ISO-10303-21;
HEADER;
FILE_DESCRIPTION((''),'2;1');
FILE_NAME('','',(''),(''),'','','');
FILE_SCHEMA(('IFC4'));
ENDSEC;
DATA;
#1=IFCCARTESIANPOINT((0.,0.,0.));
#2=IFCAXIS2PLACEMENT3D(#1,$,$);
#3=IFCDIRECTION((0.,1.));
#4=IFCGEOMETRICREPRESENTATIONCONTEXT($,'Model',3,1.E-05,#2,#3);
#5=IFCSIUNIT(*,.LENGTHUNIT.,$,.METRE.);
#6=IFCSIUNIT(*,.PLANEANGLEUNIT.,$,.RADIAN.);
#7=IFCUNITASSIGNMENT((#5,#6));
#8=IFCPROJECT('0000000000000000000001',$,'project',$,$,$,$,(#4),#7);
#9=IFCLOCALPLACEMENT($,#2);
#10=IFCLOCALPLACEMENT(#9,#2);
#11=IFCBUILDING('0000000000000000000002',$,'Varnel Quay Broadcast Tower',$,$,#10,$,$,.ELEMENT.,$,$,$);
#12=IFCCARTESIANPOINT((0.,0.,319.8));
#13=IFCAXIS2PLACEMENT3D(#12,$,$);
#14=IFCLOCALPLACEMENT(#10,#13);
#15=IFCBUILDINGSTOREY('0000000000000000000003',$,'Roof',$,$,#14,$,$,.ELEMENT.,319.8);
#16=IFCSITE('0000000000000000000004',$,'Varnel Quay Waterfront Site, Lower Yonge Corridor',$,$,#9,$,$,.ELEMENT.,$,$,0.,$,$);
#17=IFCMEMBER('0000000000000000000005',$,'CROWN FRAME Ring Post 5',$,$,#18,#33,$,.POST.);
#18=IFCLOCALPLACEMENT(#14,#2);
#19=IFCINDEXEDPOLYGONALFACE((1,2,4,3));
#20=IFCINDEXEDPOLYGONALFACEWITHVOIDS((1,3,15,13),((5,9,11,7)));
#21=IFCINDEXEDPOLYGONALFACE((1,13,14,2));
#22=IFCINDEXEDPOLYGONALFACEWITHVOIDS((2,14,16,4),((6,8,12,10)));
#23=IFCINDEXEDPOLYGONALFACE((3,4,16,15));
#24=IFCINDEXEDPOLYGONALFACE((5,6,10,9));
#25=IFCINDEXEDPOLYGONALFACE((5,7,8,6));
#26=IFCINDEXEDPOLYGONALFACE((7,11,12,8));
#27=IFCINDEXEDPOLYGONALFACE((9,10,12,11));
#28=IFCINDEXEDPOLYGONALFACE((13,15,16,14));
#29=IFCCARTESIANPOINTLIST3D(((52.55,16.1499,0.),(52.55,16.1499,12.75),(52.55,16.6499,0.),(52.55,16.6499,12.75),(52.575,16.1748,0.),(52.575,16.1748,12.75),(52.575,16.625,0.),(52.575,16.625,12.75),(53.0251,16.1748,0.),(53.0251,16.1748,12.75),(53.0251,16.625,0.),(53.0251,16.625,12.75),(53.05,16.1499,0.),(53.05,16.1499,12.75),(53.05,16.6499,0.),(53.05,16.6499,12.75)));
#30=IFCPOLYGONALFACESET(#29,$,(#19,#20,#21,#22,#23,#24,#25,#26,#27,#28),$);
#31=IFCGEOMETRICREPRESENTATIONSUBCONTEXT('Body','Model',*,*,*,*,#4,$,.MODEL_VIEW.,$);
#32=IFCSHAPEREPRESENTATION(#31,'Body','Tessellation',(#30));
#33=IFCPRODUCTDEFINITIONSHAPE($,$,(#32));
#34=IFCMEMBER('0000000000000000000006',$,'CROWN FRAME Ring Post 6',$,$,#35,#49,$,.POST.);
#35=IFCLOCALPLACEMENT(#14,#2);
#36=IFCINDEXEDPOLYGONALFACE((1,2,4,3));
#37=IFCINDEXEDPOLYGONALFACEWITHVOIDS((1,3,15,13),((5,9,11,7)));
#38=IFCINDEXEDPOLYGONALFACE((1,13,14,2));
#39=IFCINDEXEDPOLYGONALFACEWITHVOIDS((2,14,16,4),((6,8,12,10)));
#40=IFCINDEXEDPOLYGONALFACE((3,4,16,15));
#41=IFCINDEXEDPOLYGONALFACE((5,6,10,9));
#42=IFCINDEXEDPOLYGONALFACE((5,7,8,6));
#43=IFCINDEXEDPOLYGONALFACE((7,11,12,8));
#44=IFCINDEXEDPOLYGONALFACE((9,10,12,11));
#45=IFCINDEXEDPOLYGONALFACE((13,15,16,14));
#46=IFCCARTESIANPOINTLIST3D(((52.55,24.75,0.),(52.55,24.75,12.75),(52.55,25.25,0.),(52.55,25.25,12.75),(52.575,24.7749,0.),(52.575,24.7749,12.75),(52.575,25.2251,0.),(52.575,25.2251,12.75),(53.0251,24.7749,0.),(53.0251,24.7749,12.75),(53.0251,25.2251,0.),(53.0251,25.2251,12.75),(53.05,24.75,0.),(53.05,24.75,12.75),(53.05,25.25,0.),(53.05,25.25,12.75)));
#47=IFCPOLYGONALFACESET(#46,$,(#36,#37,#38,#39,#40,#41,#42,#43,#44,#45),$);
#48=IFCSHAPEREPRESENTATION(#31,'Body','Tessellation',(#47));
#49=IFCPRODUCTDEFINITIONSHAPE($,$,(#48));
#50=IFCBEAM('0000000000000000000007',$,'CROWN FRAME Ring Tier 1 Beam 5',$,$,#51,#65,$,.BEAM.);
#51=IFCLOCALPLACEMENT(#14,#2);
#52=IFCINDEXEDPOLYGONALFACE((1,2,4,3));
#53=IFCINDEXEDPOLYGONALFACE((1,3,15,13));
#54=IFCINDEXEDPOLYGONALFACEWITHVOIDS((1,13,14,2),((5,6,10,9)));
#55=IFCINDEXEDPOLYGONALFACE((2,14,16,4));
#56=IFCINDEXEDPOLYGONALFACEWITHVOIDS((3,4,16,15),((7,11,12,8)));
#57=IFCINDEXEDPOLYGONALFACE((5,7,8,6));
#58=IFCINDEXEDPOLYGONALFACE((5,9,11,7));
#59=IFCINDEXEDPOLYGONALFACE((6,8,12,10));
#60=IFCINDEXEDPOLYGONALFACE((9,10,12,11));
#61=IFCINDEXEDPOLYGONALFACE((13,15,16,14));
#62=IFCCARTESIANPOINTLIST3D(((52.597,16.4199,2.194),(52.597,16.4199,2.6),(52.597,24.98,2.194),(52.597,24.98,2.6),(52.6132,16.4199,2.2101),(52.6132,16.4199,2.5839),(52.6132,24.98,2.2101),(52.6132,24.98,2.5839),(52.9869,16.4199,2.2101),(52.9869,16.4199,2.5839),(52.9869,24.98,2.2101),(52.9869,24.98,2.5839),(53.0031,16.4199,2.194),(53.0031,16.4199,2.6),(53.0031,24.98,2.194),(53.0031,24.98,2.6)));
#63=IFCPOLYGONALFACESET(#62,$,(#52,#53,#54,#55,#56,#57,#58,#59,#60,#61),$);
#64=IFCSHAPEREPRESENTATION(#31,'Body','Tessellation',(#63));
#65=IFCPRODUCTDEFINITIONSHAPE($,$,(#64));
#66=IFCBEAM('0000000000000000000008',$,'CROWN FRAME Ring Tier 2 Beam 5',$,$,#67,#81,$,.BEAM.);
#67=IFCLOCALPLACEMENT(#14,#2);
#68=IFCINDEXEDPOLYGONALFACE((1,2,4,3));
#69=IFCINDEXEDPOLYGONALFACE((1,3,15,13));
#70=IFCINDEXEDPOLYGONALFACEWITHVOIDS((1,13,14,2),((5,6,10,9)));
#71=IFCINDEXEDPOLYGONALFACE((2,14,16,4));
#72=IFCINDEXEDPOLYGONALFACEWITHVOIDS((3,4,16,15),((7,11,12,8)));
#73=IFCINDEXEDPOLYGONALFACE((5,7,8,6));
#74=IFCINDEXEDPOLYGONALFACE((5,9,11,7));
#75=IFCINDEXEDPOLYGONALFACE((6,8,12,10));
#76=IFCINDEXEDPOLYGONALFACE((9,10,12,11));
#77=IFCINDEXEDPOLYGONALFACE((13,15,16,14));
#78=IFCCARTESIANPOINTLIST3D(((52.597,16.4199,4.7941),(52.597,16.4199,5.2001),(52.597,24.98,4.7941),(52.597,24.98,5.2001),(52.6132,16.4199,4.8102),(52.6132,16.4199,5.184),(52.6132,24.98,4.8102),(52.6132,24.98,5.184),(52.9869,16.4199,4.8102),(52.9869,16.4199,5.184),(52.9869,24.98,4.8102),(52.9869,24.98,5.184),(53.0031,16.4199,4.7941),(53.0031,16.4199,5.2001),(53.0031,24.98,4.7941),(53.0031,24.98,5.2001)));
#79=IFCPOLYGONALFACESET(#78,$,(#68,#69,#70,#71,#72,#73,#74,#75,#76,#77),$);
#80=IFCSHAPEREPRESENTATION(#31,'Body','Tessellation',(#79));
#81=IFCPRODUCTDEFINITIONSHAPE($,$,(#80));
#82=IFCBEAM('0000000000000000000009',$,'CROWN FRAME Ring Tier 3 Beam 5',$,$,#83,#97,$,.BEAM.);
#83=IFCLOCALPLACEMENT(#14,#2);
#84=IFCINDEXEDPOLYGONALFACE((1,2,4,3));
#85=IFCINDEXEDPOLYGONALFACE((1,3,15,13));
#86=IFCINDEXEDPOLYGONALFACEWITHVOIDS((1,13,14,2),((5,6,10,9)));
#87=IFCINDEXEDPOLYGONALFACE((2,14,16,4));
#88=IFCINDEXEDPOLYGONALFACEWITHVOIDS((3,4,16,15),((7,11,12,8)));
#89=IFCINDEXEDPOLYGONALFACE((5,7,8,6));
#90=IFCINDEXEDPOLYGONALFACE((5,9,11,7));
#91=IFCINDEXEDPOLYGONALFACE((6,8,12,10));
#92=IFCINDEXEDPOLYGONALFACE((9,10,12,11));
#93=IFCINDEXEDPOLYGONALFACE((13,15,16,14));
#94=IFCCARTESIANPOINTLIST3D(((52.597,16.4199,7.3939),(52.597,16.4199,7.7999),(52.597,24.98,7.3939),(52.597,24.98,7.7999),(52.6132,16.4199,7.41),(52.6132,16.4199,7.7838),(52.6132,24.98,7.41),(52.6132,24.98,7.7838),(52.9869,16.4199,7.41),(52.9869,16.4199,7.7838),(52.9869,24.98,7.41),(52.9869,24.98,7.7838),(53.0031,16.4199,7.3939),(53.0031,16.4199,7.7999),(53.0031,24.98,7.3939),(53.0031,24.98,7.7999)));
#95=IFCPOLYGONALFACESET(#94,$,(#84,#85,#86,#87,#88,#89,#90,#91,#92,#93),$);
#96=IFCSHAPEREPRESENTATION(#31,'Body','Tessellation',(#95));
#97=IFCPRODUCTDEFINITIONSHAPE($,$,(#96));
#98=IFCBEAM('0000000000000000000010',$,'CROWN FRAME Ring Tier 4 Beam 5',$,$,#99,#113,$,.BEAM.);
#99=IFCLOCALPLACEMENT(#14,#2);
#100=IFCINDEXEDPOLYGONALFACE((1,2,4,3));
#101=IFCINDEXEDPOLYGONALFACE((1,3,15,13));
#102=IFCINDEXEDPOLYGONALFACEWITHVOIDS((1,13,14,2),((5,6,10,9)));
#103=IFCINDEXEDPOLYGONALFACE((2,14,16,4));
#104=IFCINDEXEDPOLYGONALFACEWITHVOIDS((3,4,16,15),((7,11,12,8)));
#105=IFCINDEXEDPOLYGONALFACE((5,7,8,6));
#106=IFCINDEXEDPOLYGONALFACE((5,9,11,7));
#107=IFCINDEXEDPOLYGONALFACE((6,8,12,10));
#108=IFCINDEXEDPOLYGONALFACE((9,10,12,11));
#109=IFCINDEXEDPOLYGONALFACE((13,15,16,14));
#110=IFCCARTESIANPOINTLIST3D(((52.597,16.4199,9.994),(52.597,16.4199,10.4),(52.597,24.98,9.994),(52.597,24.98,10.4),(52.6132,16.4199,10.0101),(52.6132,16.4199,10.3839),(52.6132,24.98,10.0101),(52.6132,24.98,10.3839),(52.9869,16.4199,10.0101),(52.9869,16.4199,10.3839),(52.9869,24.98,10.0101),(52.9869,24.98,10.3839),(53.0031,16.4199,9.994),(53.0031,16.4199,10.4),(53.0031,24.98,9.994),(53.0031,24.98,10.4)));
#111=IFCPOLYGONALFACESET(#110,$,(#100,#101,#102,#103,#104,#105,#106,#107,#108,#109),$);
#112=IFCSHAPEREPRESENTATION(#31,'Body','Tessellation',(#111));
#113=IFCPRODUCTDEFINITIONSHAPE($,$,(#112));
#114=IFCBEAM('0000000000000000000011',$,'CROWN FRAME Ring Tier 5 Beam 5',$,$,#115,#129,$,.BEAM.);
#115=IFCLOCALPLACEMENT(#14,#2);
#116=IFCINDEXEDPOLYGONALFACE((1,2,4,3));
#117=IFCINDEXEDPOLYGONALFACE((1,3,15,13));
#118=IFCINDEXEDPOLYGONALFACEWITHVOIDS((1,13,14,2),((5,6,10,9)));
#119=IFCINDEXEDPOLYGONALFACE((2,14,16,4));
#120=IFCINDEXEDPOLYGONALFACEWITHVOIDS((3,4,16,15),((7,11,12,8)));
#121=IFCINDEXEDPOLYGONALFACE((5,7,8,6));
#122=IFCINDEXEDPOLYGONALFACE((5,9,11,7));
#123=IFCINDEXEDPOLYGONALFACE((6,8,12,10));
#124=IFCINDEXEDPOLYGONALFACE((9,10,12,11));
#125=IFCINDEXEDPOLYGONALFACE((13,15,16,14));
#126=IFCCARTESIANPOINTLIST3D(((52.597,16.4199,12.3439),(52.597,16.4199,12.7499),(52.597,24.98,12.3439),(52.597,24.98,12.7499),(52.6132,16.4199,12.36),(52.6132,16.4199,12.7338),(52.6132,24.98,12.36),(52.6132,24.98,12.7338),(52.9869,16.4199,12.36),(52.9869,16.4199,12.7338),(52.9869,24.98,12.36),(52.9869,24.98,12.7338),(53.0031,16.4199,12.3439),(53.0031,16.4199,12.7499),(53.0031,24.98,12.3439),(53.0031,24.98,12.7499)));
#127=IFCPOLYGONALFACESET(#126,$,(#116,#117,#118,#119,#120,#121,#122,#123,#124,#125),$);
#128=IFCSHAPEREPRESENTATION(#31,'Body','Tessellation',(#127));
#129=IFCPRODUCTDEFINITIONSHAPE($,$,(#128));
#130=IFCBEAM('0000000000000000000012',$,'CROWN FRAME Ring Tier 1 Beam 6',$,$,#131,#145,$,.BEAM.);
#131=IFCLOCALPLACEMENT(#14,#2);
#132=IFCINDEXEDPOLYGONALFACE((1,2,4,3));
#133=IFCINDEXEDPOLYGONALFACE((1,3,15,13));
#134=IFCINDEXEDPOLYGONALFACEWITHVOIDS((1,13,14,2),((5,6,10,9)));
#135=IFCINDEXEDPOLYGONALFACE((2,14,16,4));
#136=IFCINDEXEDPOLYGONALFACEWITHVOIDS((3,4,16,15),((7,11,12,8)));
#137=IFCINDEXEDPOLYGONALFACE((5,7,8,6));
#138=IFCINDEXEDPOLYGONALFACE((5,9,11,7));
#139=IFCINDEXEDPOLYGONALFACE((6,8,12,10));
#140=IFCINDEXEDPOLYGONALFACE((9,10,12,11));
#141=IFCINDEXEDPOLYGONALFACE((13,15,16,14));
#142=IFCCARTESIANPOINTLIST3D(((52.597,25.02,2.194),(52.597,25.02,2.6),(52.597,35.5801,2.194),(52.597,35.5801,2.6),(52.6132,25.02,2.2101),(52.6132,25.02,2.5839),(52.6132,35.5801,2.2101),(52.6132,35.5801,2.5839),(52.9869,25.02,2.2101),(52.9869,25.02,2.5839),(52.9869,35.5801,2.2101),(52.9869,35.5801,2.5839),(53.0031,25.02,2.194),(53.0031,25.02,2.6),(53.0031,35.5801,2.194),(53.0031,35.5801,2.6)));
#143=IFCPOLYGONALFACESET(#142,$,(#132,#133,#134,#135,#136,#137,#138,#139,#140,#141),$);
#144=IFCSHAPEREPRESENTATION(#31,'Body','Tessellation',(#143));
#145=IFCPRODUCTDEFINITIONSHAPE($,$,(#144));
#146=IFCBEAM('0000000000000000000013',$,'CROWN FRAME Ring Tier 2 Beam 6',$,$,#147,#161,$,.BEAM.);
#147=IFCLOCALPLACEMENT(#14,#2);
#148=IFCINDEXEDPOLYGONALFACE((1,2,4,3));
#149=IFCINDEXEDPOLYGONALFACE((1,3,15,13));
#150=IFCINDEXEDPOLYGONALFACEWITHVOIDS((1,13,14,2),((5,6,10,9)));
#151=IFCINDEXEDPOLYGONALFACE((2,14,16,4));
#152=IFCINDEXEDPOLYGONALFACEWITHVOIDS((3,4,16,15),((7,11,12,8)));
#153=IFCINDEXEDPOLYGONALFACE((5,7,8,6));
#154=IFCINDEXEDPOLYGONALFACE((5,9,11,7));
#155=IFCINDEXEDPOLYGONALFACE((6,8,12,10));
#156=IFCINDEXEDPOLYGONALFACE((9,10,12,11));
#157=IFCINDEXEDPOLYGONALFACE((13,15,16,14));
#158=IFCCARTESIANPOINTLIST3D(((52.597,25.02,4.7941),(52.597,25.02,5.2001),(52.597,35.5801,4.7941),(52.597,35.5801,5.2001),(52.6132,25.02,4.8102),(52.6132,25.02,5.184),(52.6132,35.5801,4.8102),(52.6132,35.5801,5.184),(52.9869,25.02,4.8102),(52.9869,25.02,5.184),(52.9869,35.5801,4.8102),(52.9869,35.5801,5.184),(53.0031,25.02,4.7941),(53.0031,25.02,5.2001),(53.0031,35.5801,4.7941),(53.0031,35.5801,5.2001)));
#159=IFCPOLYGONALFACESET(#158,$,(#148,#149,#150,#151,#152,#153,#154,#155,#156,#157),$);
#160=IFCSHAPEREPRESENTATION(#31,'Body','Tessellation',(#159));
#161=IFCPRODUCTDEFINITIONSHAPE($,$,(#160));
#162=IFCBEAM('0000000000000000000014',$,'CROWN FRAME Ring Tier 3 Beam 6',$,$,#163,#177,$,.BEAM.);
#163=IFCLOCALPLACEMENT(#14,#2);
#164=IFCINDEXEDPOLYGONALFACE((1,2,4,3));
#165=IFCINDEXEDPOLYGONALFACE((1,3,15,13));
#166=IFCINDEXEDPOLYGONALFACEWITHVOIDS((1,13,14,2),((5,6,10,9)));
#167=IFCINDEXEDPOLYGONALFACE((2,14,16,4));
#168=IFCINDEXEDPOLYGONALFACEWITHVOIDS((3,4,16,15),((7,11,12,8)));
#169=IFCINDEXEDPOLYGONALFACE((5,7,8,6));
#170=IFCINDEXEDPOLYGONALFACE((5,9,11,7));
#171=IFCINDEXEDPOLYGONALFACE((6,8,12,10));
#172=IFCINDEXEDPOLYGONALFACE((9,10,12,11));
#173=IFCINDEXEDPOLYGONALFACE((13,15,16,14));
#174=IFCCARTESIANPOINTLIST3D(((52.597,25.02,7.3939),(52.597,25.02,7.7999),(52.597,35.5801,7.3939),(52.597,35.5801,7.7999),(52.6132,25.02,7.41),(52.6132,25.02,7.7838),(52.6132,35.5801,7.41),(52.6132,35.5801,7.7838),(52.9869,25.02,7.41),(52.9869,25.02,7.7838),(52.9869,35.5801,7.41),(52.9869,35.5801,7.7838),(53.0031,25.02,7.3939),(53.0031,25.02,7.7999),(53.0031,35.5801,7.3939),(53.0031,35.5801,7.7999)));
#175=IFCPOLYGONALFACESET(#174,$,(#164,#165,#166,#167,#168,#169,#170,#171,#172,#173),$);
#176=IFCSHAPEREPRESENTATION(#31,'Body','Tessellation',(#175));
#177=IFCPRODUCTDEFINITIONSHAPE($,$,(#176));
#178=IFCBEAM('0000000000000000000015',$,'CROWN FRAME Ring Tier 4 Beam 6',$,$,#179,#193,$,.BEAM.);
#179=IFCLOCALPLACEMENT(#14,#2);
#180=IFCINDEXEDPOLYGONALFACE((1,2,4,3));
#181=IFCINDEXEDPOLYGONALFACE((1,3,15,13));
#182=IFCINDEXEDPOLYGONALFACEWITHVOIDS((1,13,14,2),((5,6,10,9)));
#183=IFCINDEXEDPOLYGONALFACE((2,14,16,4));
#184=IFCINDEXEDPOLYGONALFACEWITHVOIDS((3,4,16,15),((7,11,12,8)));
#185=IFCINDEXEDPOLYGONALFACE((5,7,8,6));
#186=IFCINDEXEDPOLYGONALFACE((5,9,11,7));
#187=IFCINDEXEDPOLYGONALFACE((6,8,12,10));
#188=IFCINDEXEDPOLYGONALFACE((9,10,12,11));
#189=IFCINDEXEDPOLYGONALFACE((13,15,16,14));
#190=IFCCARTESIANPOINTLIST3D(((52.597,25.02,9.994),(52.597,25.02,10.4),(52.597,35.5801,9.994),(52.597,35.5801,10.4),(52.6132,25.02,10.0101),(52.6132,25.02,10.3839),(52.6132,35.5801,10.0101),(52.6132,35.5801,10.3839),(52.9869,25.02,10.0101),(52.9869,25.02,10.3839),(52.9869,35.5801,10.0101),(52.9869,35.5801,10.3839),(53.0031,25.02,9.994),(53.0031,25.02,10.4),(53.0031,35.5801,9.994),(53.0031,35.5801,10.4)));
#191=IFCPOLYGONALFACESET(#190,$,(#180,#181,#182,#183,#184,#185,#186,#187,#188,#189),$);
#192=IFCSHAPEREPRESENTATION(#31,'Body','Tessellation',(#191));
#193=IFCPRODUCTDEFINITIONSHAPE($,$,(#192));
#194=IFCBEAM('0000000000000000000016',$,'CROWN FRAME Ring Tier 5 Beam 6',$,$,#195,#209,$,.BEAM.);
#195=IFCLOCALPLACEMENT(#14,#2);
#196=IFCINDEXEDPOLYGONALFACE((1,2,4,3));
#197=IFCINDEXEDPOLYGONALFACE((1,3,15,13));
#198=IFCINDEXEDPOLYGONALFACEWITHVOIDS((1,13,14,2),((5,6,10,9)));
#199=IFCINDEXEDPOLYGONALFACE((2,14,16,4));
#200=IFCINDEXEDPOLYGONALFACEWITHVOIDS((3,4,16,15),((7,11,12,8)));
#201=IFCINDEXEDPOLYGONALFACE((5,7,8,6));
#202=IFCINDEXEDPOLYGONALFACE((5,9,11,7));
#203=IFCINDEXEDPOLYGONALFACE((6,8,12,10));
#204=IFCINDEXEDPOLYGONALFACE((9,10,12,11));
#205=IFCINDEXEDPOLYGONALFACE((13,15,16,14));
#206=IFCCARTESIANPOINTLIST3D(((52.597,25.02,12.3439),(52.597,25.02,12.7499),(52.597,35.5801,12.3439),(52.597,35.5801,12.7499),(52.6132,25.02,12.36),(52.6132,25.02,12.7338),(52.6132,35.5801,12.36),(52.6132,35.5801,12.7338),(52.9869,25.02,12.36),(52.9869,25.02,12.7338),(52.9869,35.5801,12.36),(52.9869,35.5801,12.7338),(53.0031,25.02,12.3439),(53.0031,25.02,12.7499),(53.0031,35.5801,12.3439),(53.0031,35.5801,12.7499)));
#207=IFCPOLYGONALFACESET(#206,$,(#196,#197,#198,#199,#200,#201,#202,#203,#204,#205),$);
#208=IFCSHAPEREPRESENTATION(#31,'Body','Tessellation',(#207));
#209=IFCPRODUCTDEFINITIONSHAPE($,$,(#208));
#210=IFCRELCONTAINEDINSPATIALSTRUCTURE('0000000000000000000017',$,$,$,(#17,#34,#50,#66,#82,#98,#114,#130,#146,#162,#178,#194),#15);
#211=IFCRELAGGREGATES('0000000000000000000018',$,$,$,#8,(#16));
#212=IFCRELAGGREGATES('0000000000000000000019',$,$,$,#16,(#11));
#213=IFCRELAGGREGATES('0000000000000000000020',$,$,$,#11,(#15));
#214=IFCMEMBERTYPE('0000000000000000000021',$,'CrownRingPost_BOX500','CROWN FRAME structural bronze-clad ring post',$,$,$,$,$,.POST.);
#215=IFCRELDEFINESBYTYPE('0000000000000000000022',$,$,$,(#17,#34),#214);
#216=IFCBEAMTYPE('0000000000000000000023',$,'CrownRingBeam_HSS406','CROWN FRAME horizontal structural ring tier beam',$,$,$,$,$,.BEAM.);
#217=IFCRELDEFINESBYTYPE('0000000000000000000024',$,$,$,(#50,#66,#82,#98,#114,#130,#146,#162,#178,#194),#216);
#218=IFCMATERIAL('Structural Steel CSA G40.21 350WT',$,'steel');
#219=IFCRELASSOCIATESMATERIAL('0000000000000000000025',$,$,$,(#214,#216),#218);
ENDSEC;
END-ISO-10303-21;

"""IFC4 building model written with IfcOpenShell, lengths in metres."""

from ifc_helpers import new_model, si_unit, direction, frame, origin, origin_2d, place, context, subcontext, project, spatial, hollow_rectangle, extrude, source, transform, mapped, material, material_profile, profile_set, type_object, type_shapes, element, save


model = new_model("IFC4")

# Units and contexts
model_context = context("Model", 3, precision=1e-05, world=origin(), true_north=direction((0.0, 1.0)))
body_context = subcontext(model_context, "Body", "Model", "MODEL_VIEW")
ifc_project = project(units=[si_unit("LENGTHUNIT", "METRE"), si_unit("PLANEANGLEUNIT", "RADIAN")], contexts=[model_context])

# Site, building, storey
site_placement = place(None, origin())
site = spatial("IfcSite", under=ifc_project, at=site_placement, Name="Varnel Quay Waterfront Site, Lower Yonge Corridor", CompositionType="ELEMENT", RefElevation=0.0)
building_placement = place(site_placement, origin())
building = spatial("IfcBuilding", under=site, at=building_placement, Name="Varnel Quay Broadcast Tower", CompositionType="ELEMENT")
storey_placement = place(building_placement, frame((0.0, 0.0, 319.8)))
storey = spatial("IfcBuildingStorey", under=building, at=storey_placement, Name="Roof", CompositionType="ELEMENT", Elevation=319.8)

# Members
ifc_material_1 = material(Name="Structural Steel CSA G40.21 350WT", Category="steel")
ifc_material_profile_1 = material_profile(ifc_material_1, hollow_rectangle(XDim=0.5, YDim=0.5, WallThickness=0.0249, at=origin_2d()), Name="BOX500X500X25")
ifc_profile_set_1 = profile_set([ifc_material_profile_1], Name="Structural Steel CSA G40.21 350WT")
member_type_1 = type_object("IfcMemberType", Name="CrownRingPost_BOX500", Description="CROWN FRAME structural bronze-clad ring post", PredefinedType="POST", material=ifc_profile_set_1)
shared_shape_1 = source(origin(), body_context, "Body", "SweptSolid", [
    extrude(hollow_rectangle(XDim=0.5, YDim=0.5, WallThickness=0.0249, at=origin_2d()), origin(), (0.0, 0.0, 1.0), 12.75),
])
type_shapes(member_type_1, [shared_shape_1])
for number, where, z_axis, x_axis, name in (
    (1, (52.8, 16.3999, 0.0), (0.0, 0.0, 1.0), (1.0, 0.0, 0.0), "CROWN FRAME Ring Post 5"),
    (2, (52.8, 25.0, 0.0), (0.0, 0.0, 1.0), (1.0, 0.0, 0.0), "CROWN FRAME Ring Post 6"),
):
    element("IfcMember", number, at=place(storey_placement, frame(where, z_axis=z_axis, x_axis=x_axis)), inside=storey, type_object=member_type_1, Name=name, PredefinedType="POST", context=body_context, shape_type="MappedRepresentation", body=[
        mapped(shared_shape_1, transform((0.0, 0.0, 0.0), x_axis=(1.0, 0.0, 0.0), y_axis=(0.0, 1.0, 0.0), z_axis=(0.0, 0.0, 1.0), scale=1.0)),
    ])

# Beams
ifc_material_profile_2 = material_profile(ifc_material_1, hollow_rectangle(XDim=0.406, YDim=0.406, WallThickness=0.0161, at=origin_2d()), Name="HSS406X406X16")
ifc_profile_set_2 = profile_set([ifc_material_profile_2], Name="Structural Steel CSA G40.21 350WT")
beam_type = type_object("IfcBeamType", Name="CrownRingBeam_HSS406", Description="CROWN FRAME horizontal structural ring tier beam", PredefinedType="BEAM", material=ifc_profile_set_2)
shared_shape_2 = source(origin(), body_context, "Body", "SweptSolid", [
    extrude(hollow_rectangle(XDim=0.406, YDim=0.406, WallThickness=0.0161, at=origin_2d()), origin(), (0.0, 0.0, 1.0), 8.5601),
])
for number, where, z_axis, x_axis, name in (
    (3, (52.8, 16.4199, 2.397), (0.0, 1.0, 0.0), (-1.0, 0.0, 0.0), "CROWN FRAME Ring Tier 1 Beam 5"),
    (4, (52.8, 16.4199, 4.9971), (0.0, 1.0, 0.0), (-1.0, 0.0, 0.0), "CROWN FRAME Ring Tier 2 Beam 5"),
    (5, (52.8, 16.4199, 7.5969), (0.0, 1.0, 0.0), (-1.0, 0.0, 0.0), "CROWN FRAME Ring Tier 3 Beam 5"),
    (6, (52.8, 16.4199, 10.197), (0.0, 1.0, 0.0), (-1.0, 0.0, 0.0), "CROWN FRAME Ring Tier 4 Beam 5"),
    (7, (52.8, 16.4199, 12.5469), (0.0, 1.0, 0.0), (-1.0, 0.0, 0.0), "CROWN FRAME Ring Tier 5 Beam 5"),
):
    element("IfcBeam", number, at=place(storey_placement, frame(where, z_axis=z_axis, x_axis=x_axis)), inside=storey, type_object=beam_type, Name=name, PredefinedType="BEAM", context=body_context, shape_type="MappedRepresentation", body=[
        mapped(shared_shape_2, transform((0.0, 0.0, 0.0), x_axis=(1.0, 0.0, 0.0), y_axis=(0.0, 1.0, 0.0), z_axis=(0.0, 0.0, 1.0), scale=1.0)),
    ])
shared_shape_3 = source(origin(), body_context, "Body", "SweptSolid", [
    extrude(hollow_rectangle(XDim=0.406, YDim=0.406, WallThickness=0.0161, at=origin_2d()), origin(), (0.0, 0.0, 1.0), 10.5601),
])
type_shapes(beam_type, [shared_shape_2, shared_shape_3])
for number, where, z_axis, x_axis, name in (
    (8, (52.8, 25.02, 2.397), (0.0, 1.0, 0.0), (-1.0, 0.0, 0.0), "CROWN FRAME Ring Tier 1 Beam 6"),
    (9, (52.8, 25.02, 4.9971), (0.0, 1.0, 0.0), (-1.0, 0.0, 0.0), "CROWN FRAME Ring Tier 2 Beam 6"),
    (10, (52.8, 25.02, 7.5969), (0.0, 1.0, 0.0), (-1.0, 0.0, 0.0), "CROWN FRAME Ring Tier 3 Beam 6"),
    (11, (52.8, 25.02, 10.197), (0.0, 1.0, 0.0), (-1.0, 0.0, 0.0), "CROWN FRAME Ring Tier 4 Beam 6"),
    (12, (52.8, 25.02, 12.5469), (0.0, 1.0, 0.0), (-1.0, 0.0, 0.0), "CROWN FRAME Ring Tier 5 Beam 6"),
):
    element("IfcBeam", number, at=place(storey_placement, frame(where, z_axis=z_axis, x_axis=x_axis)), inside=storey, type_object=beam_type, Name=name, PredefinedType="BEAM", context=body_context, shape_type="MappedRepresentation", body=[
        mapped(shared_shape_3, transform((0.0, 0.0, 0.0), x_axis=(1.0, 0.0, 0.0), y_axis=(0.0, 1.0, 0.0), z_axis=(0.0, 0.0, 1.0), scale=1.0)),
    ])

save(model, "model.ifc")
